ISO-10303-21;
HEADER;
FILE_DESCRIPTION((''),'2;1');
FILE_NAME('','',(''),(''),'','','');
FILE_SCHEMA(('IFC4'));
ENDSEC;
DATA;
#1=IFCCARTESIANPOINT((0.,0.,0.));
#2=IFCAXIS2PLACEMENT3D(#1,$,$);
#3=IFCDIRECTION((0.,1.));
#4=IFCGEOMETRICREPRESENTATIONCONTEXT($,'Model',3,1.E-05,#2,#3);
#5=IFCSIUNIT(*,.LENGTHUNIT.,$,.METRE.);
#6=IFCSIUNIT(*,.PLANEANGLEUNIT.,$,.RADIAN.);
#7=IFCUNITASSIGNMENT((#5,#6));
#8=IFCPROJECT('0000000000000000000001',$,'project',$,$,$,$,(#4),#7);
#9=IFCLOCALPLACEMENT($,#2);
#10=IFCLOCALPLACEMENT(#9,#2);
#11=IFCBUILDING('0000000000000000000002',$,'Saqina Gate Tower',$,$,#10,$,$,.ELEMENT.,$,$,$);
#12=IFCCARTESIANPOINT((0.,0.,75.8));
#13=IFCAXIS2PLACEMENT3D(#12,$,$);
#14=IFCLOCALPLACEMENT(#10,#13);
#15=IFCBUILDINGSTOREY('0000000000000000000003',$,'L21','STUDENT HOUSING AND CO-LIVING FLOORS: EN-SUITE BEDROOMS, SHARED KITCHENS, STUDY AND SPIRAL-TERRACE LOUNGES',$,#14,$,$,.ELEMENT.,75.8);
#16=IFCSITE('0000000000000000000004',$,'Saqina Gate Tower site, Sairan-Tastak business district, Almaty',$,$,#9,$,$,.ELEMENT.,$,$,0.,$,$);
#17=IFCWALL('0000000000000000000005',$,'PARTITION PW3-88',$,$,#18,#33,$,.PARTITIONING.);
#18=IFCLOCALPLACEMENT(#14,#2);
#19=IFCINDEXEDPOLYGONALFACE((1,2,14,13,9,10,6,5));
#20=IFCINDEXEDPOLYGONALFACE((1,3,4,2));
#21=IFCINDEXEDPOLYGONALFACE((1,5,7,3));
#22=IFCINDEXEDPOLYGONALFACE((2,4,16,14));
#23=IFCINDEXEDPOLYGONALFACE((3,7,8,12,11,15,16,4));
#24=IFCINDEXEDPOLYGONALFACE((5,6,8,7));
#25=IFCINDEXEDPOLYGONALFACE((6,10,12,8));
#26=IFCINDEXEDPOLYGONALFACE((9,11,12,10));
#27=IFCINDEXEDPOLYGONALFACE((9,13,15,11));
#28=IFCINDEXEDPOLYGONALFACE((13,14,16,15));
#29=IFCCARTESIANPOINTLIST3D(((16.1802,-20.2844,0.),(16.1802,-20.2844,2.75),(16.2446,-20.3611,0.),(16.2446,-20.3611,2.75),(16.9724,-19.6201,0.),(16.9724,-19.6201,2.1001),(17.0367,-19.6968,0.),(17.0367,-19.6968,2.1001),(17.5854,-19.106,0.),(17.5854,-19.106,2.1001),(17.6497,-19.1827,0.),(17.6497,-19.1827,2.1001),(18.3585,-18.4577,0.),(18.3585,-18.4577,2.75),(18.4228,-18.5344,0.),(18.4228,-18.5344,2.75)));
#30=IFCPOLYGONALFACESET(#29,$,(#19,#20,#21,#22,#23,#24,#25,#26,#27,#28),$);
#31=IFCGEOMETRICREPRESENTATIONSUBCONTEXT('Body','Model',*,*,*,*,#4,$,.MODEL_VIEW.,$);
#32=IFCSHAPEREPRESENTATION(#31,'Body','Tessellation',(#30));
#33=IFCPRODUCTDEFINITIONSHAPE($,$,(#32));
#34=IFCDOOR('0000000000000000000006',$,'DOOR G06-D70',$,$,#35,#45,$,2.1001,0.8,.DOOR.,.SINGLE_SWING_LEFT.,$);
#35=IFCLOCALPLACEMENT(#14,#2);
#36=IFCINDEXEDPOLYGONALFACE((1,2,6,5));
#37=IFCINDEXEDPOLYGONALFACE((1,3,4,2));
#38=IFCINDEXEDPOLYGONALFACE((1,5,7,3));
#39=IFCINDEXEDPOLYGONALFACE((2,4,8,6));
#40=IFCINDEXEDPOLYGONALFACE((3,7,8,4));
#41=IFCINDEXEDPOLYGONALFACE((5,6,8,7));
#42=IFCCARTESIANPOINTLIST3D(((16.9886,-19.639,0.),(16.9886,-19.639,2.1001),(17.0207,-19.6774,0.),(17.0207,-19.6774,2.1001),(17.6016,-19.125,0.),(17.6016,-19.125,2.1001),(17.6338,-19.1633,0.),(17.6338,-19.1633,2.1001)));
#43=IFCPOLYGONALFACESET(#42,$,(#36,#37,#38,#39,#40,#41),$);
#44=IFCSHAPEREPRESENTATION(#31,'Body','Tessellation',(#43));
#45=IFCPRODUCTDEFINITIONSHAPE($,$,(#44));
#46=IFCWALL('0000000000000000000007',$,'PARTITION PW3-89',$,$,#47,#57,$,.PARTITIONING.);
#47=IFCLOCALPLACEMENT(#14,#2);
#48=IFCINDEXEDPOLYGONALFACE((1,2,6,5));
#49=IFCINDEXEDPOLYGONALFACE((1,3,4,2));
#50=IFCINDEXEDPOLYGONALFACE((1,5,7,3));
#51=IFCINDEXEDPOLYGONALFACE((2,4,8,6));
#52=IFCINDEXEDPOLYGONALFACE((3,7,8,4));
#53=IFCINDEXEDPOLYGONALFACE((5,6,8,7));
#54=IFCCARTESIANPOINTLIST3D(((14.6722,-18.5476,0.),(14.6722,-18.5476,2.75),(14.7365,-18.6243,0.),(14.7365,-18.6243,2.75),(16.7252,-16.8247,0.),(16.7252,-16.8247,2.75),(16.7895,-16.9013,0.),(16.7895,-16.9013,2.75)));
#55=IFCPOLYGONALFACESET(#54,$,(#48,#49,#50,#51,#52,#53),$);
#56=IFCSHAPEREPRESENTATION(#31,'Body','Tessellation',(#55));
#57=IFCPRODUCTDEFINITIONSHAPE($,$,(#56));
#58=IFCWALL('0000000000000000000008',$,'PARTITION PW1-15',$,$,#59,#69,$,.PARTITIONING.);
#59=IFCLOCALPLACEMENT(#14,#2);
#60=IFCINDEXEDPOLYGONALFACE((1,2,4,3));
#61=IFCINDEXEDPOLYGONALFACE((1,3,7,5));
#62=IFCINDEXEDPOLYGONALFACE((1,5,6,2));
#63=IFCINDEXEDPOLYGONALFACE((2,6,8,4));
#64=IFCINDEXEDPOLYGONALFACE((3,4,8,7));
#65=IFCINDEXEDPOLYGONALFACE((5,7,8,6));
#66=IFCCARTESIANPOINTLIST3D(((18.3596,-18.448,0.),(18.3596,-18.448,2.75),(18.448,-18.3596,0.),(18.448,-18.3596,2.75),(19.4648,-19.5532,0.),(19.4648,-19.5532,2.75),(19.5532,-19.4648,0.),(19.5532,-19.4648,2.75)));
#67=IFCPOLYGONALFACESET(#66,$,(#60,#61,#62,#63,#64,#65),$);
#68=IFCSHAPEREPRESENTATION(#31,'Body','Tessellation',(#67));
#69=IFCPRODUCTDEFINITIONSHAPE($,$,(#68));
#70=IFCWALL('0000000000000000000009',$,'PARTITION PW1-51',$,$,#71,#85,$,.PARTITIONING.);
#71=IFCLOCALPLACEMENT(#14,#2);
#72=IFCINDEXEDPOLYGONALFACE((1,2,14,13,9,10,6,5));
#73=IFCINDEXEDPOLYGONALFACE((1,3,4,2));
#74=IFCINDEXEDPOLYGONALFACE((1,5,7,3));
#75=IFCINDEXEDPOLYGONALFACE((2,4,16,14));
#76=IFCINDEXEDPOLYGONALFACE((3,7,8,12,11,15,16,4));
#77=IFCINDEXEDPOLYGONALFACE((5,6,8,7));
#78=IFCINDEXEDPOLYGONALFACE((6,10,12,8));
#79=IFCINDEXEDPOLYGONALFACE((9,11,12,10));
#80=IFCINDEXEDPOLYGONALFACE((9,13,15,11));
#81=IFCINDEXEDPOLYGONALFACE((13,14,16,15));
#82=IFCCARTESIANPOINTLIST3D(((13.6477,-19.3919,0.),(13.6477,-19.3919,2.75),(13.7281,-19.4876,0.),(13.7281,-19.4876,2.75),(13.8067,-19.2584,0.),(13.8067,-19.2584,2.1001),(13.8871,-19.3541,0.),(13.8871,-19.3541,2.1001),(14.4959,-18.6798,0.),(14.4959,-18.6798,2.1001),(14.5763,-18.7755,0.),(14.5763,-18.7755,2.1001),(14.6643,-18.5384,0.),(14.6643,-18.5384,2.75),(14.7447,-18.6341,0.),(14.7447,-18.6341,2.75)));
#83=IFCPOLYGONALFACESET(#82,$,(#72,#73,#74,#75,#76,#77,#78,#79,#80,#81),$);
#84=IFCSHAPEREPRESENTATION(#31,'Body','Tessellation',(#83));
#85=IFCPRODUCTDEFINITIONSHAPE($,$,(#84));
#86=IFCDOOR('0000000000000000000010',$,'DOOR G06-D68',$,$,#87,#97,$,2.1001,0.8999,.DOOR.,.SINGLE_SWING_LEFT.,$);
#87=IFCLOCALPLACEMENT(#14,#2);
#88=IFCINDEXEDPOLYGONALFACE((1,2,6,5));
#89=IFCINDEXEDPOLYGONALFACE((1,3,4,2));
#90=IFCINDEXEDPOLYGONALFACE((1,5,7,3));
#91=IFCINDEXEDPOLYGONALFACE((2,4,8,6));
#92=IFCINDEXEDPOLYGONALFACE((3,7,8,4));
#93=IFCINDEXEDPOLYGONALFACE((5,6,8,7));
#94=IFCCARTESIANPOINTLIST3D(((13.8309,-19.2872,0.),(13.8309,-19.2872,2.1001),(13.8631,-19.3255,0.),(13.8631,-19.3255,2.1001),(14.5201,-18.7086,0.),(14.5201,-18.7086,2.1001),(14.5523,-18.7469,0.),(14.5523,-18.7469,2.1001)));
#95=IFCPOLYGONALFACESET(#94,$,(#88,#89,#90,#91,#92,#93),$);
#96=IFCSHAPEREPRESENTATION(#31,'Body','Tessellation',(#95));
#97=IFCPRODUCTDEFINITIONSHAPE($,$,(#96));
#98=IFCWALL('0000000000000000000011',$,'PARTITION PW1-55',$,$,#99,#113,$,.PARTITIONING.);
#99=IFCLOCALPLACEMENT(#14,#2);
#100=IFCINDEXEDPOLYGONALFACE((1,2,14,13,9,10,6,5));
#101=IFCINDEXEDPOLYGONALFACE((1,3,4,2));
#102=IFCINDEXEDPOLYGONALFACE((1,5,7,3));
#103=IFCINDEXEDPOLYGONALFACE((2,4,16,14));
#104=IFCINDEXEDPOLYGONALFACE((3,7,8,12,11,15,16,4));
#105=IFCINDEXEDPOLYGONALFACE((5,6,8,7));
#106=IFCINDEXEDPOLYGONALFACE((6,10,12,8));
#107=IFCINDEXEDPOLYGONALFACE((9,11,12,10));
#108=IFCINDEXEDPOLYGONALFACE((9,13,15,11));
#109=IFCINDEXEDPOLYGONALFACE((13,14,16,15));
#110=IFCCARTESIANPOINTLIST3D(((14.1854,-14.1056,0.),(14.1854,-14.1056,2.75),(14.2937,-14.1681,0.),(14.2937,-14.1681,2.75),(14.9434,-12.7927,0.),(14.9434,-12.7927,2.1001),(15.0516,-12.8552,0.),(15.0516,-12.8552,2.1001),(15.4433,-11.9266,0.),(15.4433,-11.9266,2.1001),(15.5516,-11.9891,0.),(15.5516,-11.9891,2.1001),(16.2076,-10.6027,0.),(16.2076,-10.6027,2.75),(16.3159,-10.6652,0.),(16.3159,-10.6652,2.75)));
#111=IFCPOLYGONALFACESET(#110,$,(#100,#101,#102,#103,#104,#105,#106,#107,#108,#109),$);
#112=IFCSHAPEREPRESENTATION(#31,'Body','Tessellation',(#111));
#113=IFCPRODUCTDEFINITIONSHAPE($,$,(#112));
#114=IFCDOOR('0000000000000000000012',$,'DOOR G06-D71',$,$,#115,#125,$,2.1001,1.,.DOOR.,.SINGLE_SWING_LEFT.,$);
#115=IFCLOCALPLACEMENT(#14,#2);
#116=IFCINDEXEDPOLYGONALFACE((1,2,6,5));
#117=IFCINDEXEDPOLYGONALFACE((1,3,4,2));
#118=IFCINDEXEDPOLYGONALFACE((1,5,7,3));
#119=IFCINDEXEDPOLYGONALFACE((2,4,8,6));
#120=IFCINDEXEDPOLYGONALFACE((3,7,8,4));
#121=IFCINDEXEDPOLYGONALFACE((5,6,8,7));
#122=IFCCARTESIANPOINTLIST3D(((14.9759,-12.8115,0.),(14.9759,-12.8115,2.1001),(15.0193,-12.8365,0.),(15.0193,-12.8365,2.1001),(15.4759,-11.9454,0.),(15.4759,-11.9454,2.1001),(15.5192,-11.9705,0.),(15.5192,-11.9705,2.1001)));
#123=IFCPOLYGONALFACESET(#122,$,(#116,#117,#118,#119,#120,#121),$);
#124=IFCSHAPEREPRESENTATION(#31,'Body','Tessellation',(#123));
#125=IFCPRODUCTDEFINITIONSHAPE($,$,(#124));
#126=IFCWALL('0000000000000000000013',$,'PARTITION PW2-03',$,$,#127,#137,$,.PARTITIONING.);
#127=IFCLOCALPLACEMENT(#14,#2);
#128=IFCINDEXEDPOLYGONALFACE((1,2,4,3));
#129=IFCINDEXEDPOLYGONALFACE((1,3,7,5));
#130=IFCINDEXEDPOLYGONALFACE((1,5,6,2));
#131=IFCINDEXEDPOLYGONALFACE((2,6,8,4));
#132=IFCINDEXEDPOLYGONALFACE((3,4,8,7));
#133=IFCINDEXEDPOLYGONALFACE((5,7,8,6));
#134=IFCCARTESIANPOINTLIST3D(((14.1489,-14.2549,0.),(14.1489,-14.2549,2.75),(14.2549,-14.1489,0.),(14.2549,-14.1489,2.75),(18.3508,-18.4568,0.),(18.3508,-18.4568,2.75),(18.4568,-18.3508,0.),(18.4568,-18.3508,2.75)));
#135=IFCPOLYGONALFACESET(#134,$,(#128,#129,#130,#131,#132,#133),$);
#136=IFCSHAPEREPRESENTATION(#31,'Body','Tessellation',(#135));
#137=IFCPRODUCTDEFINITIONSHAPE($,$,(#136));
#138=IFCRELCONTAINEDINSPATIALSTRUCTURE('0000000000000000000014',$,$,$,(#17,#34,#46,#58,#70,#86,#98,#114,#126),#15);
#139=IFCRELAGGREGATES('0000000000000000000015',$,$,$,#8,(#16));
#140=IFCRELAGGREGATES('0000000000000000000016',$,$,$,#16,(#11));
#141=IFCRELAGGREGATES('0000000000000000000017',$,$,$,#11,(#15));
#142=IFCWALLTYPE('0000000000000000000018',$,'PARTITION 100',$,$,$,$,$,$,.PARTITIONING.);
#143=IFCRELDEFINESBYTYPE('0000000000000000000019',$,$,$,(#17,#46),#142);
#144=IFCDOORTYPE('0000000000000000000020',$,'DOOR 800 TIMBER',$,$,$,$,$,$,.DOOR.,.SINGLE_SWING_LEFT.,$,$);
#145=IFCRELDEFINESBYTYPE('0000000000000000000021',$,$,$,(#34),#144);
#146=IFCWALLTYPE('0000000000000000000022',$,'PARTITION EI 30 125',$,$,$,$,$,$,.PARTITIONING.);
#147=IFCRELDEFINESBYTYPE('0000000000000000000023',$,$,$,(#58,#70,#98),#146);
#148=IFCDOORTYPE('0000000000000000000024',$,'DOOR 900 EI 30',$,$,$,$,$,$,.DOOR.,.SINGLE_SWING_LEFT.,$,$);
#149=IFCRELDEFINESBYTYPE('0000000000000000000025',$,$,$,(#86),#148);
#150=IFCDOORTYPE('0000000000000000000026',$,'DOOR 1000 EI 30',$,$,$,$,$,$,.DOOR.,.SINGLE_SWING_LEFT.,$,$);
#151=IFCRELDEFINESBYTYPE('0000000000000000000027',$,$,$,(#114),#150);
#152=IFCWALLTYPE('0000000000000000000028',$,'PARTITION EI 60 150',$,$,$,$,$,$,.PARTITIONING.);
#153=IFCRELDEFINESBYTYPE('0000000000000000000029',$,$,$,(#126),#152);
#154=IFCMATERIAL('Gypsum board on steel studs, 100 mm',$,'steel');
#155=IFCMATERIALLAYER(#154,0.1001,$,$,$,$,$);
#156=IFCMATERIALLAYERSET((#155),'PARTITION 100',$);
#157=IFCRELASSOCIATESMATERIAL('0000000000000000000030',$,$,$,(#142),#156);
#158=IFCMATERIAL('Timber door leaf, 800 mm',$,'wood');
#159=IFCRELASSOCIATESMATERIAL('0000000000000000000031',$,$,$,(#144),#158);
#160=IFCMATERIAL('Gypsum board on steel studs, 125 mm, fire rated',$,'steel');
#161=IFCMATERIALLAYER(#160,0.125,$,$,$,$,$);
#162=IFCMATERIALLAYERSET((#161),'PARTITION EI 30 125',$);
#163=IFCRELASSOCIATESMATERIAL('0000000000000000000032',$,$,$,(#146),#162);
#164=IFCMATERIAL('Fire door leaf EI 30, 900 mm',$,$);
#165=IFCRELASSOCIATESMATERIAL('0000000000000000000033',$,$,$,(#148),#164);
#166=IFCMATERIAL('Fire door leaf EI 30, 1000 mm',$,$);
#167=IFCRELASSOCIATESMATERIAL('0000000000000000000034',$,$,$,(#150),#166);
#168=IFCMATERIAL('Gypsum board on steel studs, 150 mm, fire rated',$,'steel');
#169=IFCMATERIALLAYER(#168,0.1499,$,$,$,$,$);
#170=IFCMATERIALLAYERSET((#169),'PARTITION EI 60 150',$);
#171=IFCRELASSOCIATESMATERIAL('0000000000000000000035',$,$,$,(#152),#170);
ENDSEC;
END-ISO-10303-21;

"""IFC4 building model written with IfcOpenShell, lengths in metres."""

from ifc_helpers import new_model, si_unit, direction, frame, frame_2d, origin, place, context, subcontext, project, spatial, rectangle, extrude, material, layer, layer_set, type_object, element, fill, save


model = new_model("IFC4")

# Units and contexts
model_context = context("Model", 3, precision=1e-05, world=origin(), true_north=direction((0.0, 1.0)))
body_context = subcontext(model_context, "Body", "Model", "MODEL_VIEW")
ifc_project = project(units=[si_unit("LENGTHUNIT", "METRE"), si_unit("PLANEANGLEUNIT", "RADIAN")], contexts=[model_context])

# Site, building, storey
site_placement = place(None, origin())
site = spatial("IfcSite", under=ifc_project, at=site_placement, Name="Saqina Gate Tower site, Sairan-Tastak business district, Almaty", CompositionType="ELEMENT", RefElevation=0.0)
building_placement = place(site_placement, origin())
building = spatial("IfcBuilding", under=site, at=building_placement, Name="Saqina Gate Tower", CompositionType="ELEMENT")
storey_placement = place(building_placement, frame((0.0, 0.0, 75.8)))
storey = spatial("IfcBuildingStorey", under=building, at=storey_placement, Name="L21", Description="STUDENT HOUSING AND CO-LIVING FLOORS: EN-SUITE BEDROOMS, SHARED KITCHENS, STUDY AND SPIRAL-TERRACE LOUNGES", CompositionType="ELEMENT", Elevation=75.8)

# Shared definitions
ifc_material_1 = material(Name="Gypsum board on steel studs, 100 mm", Category="steel")
ifc_layer_1 = layer(ifc_material_1, 0.1001)
ifc_layer_set_1 = layer_set([ifc_layer_1], Name="PARTITION 100")
wall_type_1 = type_object("IfcWallType", Name="PARTITION 100", PredefinedType="PARTITIONING", material=ifc_layer_set_1)

# Wall, opening, door
wall_1_placement = place(storey_placement, frame((16.2124, -20.3228, 0.0), z_axis=(0.0, 0.0, 1.0), x_axis=(0.766232, 0.642563, 0.0)))
wall_1 = element("IfcWall", 1, at=wall_1_placement, inside=storey, type_object=wall_type_1, Name="PARTITION PW3-88", PredefinedType="PARTITIONING", context=body_context, shape_type="SweptSolid", body=[
    extrude(rectangle(XDim=2.8428, YDim=0.1001, at=frame_2d((1.4214, 0.0))), origin(), (0.0, 0.0, 1.0), 2.75),
])
opening_1_placement = place(wall_1_placement, frame((1.0339, 0.0, 0.0)))
opening_1 = element("IfcOpeningElement", 2, at=opening_1_placement, cuts=wall_1, PredefinedType="OPENING", context=body_context, shape_type="SweptSolid", body=[
    extrude(rectangle(XDim=0.8, YDim=2.1001, at=frame_2d((0.3999, 1.05))), frame((0.0, 0.062, 0.0), z_axis=(0.0, -1.0, 0.0), x_axis=(1.0, 0.0, 0.0)), (0.0, 0.0, 1.0), 0.124),
])
ifc_material_2 = material(Name="Timber door leaf, 800 mm", Category="wood")
door_type_1 = type_object("IfcDoorType", Name="DOOR 800 TIMBER", OperationType="SINGLE_SWING_LEFT", PredefinedType="DOOR", material=ifc_material_2)
door_1_placement = place(opening_1_placement, frame((0.8, 0.0, 0.0), z_axis=(0.0, 0.0, 1.0), x_axis=(-1.0, 0.0, 0.0)))
door_1 = element("IfcDoor", 3, at=door_1_placement, inside=storey, type_object=door_type_1, Name="DOOR G06-D70", OperationType="SINGLE_SWING_LEFT", OverallHeight=2.1001, OverallWidth=0.8, PredefinedType="DOOR", context=body_context, shape_type="SweptSolid", body=[
    extrude(rectangle(XDim=0.8, YDim=2.1001, at=frame_2d((0.3999, 1.05))), frame((0.0, 0.0249, 0.0), z_axis=(0.0, -1.0, 0.0), x_axis=(1.0, 0.0, 0.0)), (0.0, 0.0, 1.0), 0.05),
])
fill(opening_1, door_1)

# Walls
wall_2_placement = place(storey_placement, frame((14.7043, -18.5859, 0.0), z_axis=(0.0, 0.0, 1.0), x_axis=(0.765999, 0.642842, 0.0)))
element("IfcWall", 4, at=wall_2_placement, inside=storey, type_object=wall_type_1, Name="PARTITION PW3-89", PredefinedType="PARTITIONING", context=body_context, shape_type="SweptSolid", body=[
    extrude(rectangle(XDim=2.6802, YDim=0.1001, at=frame_2d((1.3401, 0.0))), origin(), (0.0, 0.0, 1.0), 2.75),
])
ifc_material_3 = material(Name="Gypsum board on steel studs, 125 mm, fire rated", Category="steel")
ifc_layer_2 = layer(ifc_material_3, 0.125)
ifc_layer_set_2 = layer_set([ifc_layer_2], Name="PARTITION EI 30 125")
wall_type_2 = type_object("IfcWallType", Name="PARTITION EI 30 125", PredefinedType="PARTITIONING", material=ifc_layer_set_2)
wall_3_placement = place(storey_placement, frame((18.4038, -18.4038, 0.0), z_axis=(0.0, 0.0, 1.0), x_axis=(0.707107, -0.707107, 0.0)))
element("IfcWall", 5, at=wall_3_placement, inside=storey, type_object=wall_type_2, Name="PARTITION PW1-15", PredefinedType="PARTITIONING", context=body_context, shape_type="SweptSolid", body=[
    extrude(rectangle(XDim=1.563, YDim=0.125, at=frame_2d((0.7815, 0.0))), origin(), (0.0, 0.0, 1.0), 2.75),
])

# Walls, openings, doors
wall_4_placement = place(storey_placement, frame((13.688, -19.4397, 0.0), z_axis=(0.0, 0.0, 1.0), x_axis=(0.765864, 0.643002, 0.0)))
wall_4 = element("IfcWall", 6, at=wall_4_placement, inside=storey, type_object=wall_type_2, Name="PARTITION PW1-51", PredefinedType="PARTITIONING", context=body_context, shape_type="SweptSolid", body=[
    extrude(rectangle(XDim=1.3274, YDim=0.125, at=frame_2d((0.6636, 0.0))), origin(), (0.0, 0.0, 1.0), 2.75),
])
opening_2_placement = place(wall_4_placement, frame((0.2075, 0.0, 0.0)))
opening_2 = element("IfcOpeningElement", 7, at=opening_2_placement, cuts=wall_4, PredefinedType="OPENING", context=body_context, shape_type="SweptSolid", body=[
    extrude(rectangle(XDim=0.8999, YDim=2.1001, at=frame_2d((0.45, 1.05))), frame((0.0, 0.0745, 0.0), z_axis=(0.0, -1.0, 0.0), x_axis=(1.0, 0.0, 0.0)), (0.0, 0.0, 1.0), 0.1489),
])
ifc_material_4 = material(Name="Fire door leaf EI 30, 900 mm")
door_type_2 = type_object("IfcDoorType", Name="DOOR 900 EI 30", OperationType="SINGLE_SWING_LEFT", PredefinedType="DOOR", material=ifc_material_4)
door_2_placement = place(opening_2_placement, origin())
door_2 = element("IfcDoor", 8, at=door_2_placement, inside=storey, type_object=door_type_2, Name="DOOR G06-D68", OperationType="SINGLE_SWING_LEFT", OverallHeight=2.1001, OverallWidth=0.8999, PredefinedType="DOOR", context=body_context, shape_type="SweptSolid", body=[
    extrude(rectangle(XDim=0.8999, YDim=2.1001, at=frame_2d((0.45, 1.05))), frame((0.0, 0.0249, 0.0), z_axis=(0.0, -1.0, 0.0), x_axis=(1.0, 0.0, 0.0)), (0.0, 0.0, 1.0), 0.05),
])
fill(opening_2, door_2)
wall_5_placement = place(storey_placement, frame((14.2395, -14.137, 0.0), z_axis=(0.0, 0.0, 1.0), x_axis=(0.499963, 0.866047, 0.0)))
wall_5 = element("IfcWall", 9, at=wall_5_placement, inside=storey, type_object=wall_type_2, Name="PARTITION PW1-55", PredefinedType="PARTITIONING", context=body_context, shape_type="SweptSolid", body=[
    extrude(rectangle(XDim=4.0447, YDim=0.125, at=frame_2d((2.0225, 0.0))), origin(), (0.0, 0.0, 1.0), 2.75),
])
opening_3_placement = place(wall_5_placement, frame((1.5161, 0.0, 0.0)))
opening_3 = element("IfcOpeningElement", 10, at=opening_3_placement, cuts=wall_5, PredefinedType="OPENING", context=body_context, shape_type="SweptSolid", body=[
    extrude(rectangle(XDim=1.0, YDim=2.1001, at=frame_2d((0.5, 1.05))), frame((0.0, 0.0745, 0.0), z_axis=(0.0, -1.0, 0.0), x_axis=(1.0, 0.0, 0.0)), (0.0, 0.0, 1.0), 0.1489),
])
ifc_material_5 = material(Name="Fire door leaf EI 30, 1000 mm")
door_type_3 = type_object("IfcDoorType", Name="DOOR 1000 EI 30", OperationType="SINGLE_SWING_LEFT", PredefinedType="DOOR", material=ifc_material_5)
door_3_placement = place(opening_3_placement, origin())
door_3 = element("IfcDoor", 11, at=door_3_placement, inside=storey, type_object=door_type_3, Name="DOOR G06-D71", OperationType="SINGLE_SWING_LEFT", OverallHeight=2.1001, OverallWidth=1.0, PredefinedType="DOOR", context=body_context, shape_type="SweptSolid", body=[
    extrude(rectangle(XDim=1.0, YDim=2.1001, at=frame_2d((0.5, 1.05))), frame((0.0, 0.0249, 0.0), z_axis=(0.0, -1.0, 0.0), x_axis=(1.0, 0.0, 0.0)), (0.0, 0.0, 1.0), 0.05),
])
fill(opening_3, door_3)

# Wall
ifc_material_6 = material(Name="Gypsum board on steel studs, 150 mm, fire rated", Category="steel")
ifc_layer_3 = layer(ifc_material_6, 0.1499)
ifc_layer_set_3 = layer_set([ifc_layer_3], Name="PARTITION EI 60 150")
wall_type_3 = type_object("IfcWallType", Name="PARTITION EI 60 150", PredefinedType="PARTITIONING", material=ifc_layer_set_3)
wall_6_placement = place(storey_placement, frame((14.2019, -14.2019, 0.0), z_axis=(0.0, 0.0, 1.0), x_axis=(0.707107, -0.707107, 0.0)))
element("IfcWall", 12, at=wall_6_placement, inside=storey, type_object=wall_type_3, Name="PARTITION PW2-03", PredefinedType="PARTITIONING", context=body_context, shape_type="SweptSolid", body=[
    extrude(rectangle(XDim=5.9424, YDim=0.1499, at=frame_2d((2.9712, 0.0))), origin(), (0.0, 0.0, 1.0), 2.75),
])

save(model, "model.ifc")
